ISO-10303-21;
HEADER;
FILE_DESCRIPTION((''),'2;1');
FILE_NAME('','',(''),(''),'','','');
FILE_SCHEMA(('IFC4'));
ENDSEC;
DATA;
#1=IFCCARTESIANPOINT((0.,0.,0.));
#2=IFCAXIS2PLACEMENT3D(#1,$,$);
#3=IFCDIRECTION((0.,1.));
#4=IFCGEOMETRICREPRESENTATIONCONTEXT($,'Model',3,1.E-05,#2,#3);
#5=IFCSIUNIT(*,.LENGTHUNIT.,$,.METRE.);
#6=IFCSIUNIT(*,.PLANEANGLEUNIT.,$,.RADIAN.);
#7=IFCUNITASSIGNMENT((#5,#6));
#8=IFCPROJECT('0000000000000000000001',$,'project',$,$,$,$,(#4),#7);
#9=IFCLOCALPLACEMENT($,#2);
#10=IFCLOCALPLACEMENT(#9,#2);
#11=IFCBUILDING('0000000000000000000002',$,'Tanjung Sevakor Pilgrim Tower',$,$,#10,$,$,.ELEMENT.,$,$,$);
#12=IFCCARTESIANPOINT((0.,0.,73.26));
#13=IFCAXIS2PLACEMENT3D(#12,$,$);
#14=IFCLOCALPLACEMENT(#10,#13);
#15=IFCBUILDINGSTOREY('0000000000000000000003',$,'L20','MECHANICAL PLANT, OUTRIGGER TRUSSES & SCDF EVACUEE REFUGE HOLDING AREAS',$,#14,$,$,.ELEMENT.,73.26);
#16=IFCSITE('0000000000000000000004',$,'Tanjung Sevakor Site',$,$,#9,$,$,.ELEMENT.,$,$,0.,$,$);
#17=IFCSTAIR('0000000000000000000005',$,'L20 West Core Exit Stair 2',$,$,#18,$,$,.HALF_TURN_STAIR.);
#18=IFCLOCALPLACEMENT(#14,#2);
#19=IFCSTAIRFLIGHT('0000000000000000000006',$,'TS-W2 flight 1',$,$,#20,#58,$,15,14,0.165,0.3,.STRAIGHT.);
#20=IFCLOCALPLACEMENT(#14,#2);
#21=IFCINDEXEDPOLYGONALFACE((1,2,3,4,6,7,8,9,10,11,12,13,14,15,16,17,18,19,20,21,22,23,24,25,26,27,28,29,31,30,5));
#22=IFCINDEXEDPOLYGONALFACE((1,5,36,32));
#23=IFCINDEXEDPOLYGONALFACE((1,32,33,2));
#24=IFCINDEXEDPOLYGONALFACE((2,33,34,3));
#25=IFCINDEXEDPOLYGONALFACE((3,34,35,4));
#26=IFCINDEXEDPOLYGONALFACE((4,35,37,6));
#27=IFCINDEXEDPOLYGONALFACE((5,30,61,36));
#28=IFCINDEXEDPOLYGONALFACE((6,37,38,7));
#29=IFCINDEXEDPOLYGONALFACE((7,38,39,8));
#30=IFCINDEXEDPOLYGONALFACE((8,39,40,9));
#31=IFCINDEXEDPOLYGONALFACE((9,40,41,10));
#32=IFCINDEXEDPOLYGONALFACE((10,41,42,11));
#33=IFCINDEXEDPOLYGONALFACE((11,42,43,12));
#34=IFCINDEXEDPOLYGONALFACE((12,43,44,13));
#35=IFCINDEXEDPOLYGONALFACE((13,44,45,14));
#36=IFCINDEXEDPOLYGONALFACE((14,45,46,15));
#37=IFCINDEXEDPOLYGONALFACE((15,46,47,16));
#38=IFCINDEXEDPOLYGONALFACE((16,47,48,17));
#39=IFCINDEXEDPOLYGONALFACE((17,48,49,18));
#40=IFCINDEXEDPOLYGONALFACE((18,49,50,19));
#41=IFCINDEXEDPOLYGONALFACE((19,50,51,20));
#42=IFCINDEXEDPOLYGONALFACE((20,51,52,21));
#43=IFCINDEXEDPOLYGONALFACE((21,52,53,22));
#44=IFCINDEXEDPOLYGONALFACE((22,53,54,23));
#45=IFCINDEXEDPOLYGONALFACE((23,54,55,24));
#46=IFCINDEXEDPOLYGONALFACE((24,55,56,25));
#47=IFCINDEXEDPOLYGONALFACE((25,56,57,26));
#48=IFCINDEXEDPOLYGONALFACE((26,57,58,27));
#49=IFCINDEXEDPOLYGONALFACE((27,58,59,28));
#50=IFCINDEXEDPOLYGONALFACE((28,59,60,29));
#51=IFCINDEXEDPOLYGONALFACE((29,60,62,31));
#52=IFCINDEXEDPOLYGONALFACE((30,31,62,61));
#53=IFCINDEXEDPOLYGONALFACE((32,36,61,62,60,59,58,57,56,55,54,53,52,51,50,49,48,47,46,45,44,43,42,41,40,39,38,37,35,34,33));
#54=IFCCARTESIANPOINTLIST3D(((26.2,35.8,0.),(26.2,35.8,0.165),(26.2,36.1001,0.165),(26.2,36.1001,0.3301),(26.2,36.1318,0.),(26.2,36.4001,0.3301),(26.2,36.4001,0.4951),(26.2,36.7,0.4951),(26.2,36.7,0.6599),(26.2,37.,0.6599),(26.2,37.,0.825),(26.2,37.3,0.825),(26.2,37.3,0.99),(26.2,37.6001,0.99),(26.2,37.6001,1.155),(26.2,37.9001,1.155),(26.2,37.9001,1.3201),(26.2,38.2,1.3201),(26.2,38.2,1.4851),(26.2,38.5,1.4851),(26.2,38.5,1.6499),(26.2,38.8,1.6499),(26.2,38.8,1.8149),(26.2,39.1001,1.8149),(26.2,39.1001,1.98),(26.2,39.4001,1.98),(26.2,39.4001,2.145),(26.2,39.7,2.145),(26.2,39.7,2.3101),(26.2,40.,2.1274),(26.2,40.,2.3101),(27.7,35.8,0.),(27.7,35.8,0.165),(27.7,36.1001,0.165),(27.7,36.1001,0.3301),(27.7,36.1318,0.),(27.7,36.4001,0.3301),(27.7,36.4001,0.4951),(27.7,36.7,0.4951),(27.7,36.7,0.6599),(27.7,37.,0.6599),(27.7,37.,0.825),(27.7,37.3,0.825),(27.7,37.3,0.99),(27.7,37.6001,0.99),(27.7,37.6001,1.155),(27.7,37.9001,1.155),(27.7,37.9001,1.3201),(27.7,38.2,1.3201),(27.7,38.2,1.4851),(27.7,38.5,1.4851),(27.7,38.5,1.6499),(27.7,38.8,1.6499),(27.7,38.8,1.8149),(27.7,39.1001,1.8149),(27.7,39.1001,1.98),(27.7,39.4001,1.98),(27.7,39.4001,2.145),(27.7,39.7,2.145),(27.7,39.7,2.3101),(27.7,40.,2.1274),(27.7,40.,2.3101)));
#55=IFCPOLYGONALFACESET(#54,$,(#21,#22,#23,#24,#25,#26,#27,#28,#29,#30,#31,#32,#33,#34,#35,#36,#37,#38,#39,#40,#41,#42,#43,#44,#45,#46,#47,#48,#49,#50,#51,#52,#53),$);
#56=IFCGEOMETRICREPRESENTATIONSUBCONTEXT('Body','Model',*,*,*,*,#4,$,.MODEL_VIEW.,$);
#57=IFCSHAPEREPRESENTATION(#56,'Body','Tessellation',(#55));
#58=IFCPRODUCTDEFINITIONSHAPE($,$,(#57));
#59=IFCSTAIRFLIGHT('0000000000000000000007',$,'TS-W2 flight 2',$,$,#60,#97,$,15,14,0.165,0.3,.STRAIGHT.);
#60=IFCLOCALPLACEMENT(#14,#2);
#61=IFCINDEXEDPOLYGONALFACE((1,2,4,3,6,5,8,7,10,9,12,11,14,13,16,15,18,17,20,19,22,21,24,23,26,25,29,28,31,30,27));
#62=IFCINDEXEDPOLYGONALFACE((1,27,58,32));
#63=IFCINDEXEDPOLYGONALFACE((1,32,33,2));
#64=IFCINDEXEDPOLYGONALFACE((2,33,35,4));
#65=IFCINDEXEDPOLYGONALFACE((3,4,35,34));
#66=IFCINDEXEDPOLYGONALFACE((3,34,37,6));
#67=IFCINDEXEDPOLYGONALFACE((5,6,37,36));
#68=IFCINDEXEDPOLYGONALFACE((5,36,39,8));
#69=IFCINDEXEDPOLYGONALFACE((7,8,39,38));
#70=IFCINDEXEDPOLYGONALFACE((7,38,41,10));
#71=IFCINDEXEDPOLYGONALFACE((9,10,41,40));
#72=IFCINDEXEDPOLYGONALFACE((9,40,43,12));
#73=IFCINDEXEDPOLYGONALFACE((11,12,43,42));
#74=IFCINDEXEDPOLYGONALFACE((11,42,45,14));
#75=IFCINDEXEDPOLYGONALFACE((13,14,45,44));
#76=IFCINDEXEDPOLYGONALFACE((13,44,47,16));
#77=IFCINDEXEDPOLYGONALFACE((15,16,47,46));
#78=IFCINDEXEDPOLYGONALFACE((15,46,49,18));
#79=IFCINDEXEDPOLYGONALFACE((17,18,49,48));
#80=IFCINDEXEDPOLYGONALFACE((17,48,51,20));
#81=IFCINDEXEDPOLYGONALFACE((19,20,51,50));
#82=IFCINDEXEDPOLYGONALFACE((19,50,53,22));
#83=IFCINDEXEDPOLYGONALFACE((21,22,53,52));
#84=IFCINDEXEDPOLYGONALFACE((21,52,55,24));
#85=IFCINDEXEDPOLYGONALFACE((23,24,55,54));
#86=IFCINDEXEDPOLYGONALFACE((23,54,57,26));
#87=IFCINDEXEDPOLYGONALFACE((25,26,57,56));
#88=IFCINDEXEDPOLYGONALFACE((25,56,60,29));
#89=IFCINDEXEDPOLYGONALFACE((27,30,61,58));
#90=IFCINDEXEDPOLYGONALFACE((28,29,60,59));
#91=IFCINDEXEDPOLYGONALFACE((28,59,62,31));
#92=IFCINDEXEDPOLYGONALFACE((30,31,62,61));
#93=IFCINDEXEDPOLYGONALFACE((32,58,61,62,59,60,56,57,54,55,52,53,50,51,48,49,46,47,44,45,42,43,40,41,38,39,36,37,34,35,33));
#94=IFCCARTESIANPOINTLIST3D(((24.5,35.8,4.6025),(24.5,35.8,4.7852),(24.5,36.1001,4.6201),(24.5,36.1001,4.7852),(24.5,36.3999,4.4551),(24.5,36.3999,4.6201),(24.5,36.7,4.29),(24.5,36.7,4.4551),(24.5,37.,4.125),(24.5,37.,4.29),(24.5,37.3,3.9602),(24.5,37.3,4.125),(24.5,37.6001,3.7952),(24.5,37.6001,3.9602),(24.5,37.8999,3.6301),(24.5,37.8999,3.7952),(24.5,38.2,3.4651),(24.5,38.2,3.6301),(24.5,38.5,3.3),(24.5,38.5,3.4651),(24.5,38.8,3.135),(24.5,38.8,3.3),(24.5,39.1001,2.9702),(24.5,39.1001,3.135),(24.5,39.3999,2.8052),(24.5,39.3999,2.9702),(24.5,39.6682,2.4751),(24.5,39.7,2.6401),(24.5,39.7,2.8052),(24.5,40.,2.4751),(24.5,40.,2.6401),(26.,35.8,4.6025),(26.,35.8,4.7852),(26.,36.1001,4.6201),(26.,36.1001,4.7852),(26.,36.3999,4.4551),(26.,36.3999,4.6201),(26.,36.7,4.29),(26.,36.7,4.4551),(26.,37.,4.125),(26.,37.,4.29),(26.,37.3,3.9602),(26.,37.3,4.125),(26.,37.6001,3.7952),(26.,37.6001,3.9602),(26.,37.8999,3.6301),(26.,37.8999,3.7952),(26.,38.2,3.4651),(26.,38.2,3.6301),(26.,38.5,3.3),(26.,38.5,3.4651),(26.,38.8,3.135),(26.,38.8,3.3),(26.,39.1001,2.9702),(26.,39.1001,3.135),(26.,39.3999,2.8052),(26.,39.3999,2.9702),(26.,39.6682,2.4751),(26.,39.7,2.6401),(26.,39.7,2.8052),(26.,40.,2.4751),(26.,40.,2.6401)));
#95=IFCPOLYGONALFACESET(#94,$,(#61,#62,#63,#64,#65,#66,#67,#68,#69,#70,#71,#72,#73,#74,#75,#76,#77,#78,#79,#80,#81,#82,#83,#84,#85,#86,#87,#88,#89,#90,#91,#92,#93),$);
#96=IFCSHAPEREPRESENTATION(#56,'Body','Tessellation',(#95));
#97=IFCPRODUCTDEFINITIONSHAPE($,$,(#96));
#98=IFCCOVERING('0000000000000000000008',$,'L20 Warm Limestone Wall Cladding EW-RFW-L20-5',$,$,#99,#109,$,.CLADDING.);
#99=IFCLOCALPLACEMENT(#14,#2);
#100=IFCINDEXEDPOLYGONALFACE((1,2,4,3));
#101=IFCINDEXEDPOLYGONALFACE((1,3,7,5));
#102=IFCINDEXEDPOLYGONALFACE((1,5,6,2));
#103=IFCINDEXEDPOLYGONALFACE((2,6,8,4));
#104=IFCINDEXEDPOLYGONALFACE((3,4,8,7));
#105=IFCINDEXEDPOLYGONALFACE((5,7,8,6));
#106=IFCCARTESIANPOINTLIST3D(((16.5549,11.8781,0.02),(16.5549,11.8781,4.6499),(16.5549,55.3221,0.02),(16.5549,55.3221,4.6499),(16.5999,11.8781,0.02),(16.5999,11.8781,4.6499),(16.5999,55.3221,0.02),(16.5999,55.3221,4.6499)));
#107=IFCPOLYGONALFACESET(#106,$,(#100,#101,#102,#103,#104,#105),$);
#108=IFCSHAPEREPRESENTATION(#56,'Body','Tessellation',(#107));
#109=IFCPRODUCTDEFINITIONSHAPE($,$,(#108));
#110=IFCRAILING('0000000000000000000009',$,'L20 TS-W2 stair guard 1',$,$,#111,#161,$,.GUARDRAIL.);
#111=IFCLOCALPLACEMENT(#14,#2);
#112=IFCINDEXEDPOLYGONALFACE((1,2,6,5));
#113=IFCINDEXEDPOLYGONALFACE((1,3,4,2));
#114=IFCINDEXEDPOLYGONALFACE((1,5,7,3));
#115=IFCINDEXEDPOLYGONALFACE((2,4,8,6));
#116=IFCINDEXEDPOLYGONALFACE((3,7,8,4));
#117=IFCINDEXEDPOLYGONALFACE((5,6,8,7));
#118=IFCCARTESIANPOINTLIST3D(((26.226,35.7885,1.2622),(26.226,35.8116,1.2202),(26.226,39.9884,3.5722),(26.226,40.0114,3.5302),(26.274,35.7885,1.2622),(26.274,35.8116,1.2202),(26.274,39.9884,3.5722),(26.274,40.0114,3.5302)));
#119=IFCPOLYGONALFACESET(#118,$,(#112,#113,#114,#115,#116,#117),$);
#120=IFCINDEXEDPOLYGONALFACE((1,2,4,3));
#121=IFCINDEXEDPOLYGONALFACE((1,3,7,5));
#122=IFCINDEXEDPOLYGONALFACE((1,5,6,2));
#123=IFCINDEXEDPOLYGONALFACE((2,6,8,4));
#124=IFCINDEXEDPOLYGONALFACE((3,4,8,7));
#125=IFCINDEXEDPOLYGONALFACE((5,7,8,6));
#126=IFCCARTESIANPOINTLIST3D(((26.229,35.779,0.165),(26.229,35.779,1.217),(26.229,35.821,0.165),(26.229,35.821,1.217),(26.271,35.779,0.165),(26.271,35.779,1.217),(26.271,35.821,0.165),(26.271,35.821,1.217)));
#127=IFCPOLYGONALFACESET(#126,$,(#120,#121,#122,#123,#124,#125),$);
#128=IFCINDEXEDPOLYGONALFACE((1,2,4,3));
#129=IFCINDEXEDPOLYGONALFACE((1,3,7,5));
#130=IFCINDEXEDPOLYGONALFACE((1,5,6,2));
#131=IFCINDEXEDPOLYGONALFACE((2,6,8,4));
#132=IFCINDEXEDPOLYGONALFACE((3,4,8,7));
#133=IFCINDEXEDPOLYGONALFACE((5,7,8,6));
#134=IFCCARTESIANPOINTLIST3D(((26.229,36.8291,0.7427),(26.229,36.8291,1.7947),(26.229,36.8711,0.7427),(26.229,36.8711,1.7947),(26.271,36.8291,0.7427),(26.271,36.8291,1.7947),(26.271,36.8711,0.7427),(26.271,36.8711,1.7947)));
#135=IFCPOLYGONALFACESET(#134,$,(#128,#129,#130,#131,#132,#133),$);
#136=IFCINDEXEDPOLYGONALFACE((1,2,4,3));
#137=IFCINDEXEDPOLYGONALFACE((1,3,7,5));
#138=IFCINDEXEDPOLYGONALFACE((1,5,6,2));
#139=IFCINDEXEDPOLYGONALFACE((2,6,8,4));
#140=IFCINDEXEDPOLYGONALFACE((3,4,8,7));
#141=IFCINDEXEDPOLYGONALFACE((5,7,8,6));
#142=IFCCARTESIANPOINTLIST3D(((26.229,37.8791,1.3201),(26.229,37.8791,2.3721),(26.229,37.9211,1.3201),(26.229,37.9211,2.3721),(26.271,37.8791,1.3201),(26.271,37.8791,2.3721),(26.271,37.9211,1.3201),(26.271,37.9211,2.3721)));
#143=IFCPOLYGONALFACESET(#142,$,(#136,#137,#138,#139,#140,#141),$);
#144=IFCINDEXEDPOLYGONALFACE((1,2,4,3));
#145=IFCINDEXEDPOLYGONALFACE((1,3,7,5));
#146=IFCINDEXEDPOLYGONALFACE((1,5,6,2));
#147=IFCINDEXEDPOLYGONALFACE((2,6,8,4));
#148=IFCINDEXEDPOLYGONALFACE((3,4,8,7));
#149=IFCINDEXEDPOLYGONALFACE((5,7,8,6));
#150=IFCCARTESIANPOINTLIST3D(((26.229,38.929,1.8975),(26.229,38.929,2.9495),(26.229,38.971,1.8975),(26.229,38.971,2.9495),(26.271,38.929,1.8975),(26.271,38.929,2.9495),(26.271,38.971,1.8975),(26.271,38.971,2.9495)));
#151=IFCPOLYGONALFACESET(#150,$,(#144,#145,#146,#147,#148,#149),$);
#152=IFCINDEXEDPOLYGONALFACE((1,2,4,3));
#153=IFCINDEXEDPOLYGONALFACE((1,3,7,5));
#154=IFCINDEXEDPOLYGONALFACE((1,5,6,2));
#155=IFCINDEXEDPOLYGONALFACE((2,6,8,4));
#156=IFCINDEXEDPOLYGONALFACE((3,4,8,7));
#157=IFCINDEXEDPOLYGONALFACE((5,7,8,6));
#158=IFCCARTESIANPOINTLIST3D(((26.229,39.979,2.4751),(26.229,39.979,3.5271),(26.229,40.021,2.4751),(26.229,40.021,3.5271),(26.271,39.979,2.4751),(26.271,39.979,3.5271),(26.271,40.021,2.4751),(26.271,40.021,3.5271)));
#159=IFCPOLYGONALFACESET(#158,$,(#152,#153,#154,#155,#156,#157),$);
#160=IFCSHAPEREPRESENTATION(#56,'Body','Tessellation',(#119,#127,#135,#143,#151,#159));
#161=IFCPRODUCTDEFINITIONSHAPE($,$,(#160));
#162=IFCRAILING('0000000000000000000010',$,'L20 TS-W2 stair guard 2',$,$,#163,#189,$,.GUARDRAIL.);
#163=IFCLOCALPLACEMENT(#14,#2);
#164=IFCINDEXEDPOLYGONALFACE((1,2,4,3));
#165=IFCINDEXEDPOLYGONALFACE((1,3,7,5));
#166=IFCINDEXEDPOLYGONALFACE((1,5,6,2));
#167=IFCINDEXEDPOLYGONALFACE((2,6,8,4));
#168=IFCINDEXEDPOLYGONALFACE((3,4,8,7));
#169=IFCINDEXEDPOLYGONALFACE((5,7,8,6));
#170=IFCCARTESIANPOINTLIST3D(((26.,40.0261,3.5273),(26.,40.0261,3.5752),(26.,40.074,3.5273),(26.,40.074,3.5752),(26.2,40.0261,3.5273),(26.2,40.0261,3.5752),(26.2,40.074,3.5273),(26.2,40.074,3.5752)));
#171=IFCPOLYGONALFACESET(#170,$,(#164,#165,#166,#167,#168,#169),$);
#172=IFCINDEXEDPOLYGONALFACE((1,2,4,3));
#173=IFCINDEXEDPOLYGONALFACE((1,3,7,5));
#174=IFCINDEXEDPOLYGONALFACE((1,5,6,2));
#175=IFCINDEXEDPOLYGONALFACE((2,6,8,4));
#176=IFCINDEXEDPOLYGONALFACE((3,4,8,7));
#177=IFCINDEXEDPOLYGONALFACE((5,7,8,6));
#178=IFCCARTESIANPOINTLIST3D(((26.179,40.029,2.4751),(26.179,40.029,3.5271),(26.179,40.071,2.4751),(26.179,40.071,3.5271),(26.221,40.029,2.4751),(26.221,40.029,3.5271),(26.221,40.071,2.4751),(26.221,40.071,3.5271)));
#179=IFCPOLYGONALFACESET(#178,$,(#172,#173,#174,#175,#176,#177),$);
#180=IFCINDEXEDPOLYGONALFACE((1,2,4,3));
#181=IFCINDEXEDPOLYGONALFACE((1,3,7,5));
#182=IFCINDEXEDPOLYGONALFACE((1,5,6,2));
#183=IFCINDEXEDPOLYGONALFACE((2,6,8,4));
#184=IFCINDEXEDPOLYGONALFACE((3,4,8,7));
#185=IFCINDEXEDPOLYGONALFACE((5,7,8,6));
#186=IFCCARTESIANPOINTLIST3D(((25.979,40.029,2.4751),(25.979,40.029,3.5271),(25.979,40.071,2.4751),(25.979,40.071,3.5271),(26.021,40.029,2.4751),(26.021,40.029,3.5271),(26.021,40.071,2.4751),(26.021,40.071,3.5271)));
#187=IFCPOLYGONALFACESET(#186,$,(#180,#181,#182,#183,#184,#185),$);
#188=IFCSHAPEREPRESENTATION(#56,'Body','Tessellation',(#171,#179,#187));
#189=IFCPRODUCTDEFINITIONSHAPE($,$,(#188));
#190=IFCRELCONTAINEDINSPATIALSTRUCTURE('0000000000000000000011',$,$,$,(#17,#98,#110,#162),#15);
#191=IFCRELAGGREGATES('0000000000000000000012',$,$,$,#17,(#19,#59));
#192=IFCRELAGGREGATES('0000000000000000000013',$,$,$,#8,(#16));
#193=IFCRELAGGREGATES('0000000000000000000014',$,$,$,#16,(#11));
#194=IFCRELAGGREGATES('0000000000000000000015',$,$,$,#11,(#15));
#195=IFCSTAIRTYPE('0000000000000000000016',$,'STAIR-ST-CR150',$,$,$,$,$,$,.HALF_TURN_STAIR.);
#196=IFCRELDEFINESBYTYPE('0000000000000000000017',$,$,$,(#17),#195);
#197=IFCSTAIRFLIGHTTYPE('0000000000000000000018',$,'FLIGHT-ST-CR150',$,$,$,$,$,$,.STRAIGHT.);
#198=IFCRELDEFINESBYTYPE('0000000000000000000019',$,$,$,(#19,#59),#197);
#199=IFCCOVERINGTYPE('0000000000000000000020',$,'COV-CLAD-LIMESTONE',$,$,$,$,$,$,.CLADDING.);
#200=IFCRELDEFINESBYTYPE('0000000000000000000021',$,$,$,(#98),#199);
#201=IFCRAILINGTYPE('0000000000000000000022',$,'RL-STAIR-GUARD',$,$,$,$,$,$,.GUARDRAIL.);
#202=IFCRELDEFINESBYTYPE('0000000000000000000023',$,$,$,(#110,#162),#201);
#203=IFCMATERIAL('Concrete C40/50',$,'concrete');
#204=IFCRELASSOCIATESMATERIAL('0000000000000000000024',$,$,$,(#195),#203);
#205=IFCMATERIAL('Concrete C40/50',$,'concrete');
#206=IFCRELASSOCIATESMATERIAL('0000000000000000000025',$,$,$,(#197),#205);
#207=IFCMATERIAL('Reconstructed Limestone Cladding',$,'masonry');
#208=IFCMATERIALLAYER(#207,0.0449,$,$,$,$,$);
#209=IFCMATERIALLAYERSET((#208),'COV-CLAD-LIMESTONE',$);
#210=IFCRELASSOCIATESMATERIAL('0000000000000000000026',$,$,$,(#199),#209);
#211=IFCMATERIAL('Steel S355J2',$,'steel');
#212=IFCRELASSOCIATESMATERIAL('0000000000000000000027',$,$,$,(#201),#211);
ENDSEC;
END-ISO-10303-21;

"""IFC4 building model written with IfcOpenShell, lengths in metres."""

from ifc_helpers import new_model, si_unit, direction, frame, origin, origin_2d, place, context, subcontext, project, spatial, polyline, rectangle, outline, extrude, material, layer, layer_set, type_object, element, aggregate, save


model = new_model("IFC4")

# Units and contexts
model_context = context("Model", 3, precision=1e-05, world=origin(), true_north=direction((0.0, 1.0)))
body_context = subcontext(model_context, "Body", "Model", "MODEL_VIEW")
ifc_project = project(units=[si_unit("LENGTHUNIT", "METRE"), si_unit("PLANEANGLEUNIT", "RADIAN")], contexts=[model_context])

# Site, building, storey
site_placement = place(None, origin())
site = spatial("IfcSite", under=ifc_project, at=site_placement, Name="Tanjung Sevakor Site", CompositionType="ELEMENT", RefElevation=0.0)
building_placement = place(site_placement, origin())
building = spatial("IfcBuilding", under=site, at=building_placement, Name="Tanjung Sevakor Pilgrim Tower", CompositionType="ELEMENT")
storey_placement = place(building_placement, frame((0.0, 0.0, 73.26)))
storey = spatial("IfcBuildingStorey", under=building, at=storey_placement, Name="L20", Description="MECHANICAL PLANT, OUTRIGGER TRUSSES & SCDF EVACUEE REFUGE HOLDING AREAS", CompositionType="ELEMENT", Elevation=73.26)

# Stair, stair flights
ifc_material_1 = material(Name="Concrete C40/50", Category="concrete")
stair_type = type_object("IfcStairType", Name="STAIR-ST-CR150", PredefinedType="HALF_TURN_STAIR", material=ifc_material_1)
stair_placement = place(storey_placement, origin())
stair = element("IfcStair", 1, at=stair_placement, inside=storey, type_object=stair_type, Name="L20 West Core Exit Stair 2", PredefinedType="HALF_TURN_STAIR")
ifc_material_2 = material(Name="Concrete C40/50", Category="concrete")
stair_flight_type = type_object("IfcStairFlightType", Name="FLIGHT-ST-CR150", PredefinedType="STRAIGHT", material=ifc_material_2)
stair_flight_1_placement = place(storey_placement, frame((26.95, 35.8, 0.0), z_axis=(0.0, 0.0, 1.0), x_axis=(0.0, 1.0, 0.0)))
stair_flight_1 = element("IfcStairFlight", 2, at=stair_flight_1_placement, type_object=stair_flight_type, Name="TS-W2 flight 1", NumberOfRisers=15, NumberOfTreads=14, PredefinedType="STRAIGHT", RiserHeight=0.165, TreadLength=0.3, context=body_context, shape_type="SweptSolid", body=[
    extrude(outline(polyline([(0.0, 0.0), (0.0, 0.165), (0.3, 0.165), (0.3, 0.3301), (0.6001, 0.3301), (0.6001, 0.4951), (0.8999, 0.4951), (0.8999, 0.6599), (1.2, 0.6599), (1.2, 0.825), (1.5, 0.825), (1.5, 0.99), (1.8, 0.99), (1.8, 1.155), (2.1001, 1.155), (2.1001, 1.3201), (2.3999, 1.3201), (2.3999, 1.4851), (2.7, 1.4851), (2.7, 1.6499), (3.0, 1.6499), (3.0, 1.8149), (3.3, 1.8149), (3.3, 1.98), (3.6001, 1.98), (3.6001, 2.145), (3.8999, 2.145), (3.8999, 2.3101), (4.2, 2.3101), (4.2, 2.4751), (4.2, 2.1274), (0.3318, 0.0), (0.0, 0.0)])), frame((0.0, 0.75, 0.0), z_axis=(0.0, -1.0, 0.0), x_axis=(1.0, 0.0, 0.0)), (0.0, 0.0, 1.0), 1.5),
])
stair_flight_2_placement = place(storey_placement, frame((25.25, 40.0, 2.4751), z_axis=(0.0, 0.0, 1.0), x_axis=(0.0, -1.0, 0.0)))
stair_flight_2 = element("IfcStairFlight", 3, at=stair_flight_2_placement, type_object=stair_flight_type, Name="TS-W2 flight 2", NumberOfRisers=15, NumberOfTreads=14, PredefinedType="STRAIGHT", RiserHeight=0.165, TreadLength=0.3, context=body_context, shape_type="SweptSolid", body=[
    extrude(outline(polyline([(0.0, 0.0), (0.0, 0.165), (0.3, 0.165), (0.3, 0.3301), (0.6001, 0.3301), (0.6001, 0.4951), (0.8999, 0.4951), (0.8999, 0.6599), (1.2, 0.6599), (1.2, 0.825), (1.5, 0.825), (1.5, 0.99), (1.8, 0.99), (1.8, 1.155), (2.1001, 1.155), (2.1001, 1.3201), (2.3999, 1.3201), (2.3999, 1.4851), (2.7, 1.4851), (2.7, 1.6499), (3.0, 1.6499), (3.0, 1.8149), (3.3, 1.8149), (3.3, 1.98), (3.6001, 1.98), (3.6001, 2.145), (3.8999, 2.145), (3.8999, 2.3101), (4.2, 2.3101), (4.2, 2.4751), (4.2, 2.1274), (0.3318, 0.0), (0.0, 0.0)])), frame((0.0, 0.75, 0.0), z_axis=(0.0, -1.0, 0.0), x_axis=(1.0, 0.0, 0.0)), (0.0, 0.0, 1.0), 1.5),
])
aggregate(stair, [stair_flight_1, stair_flight_2])

# Covering
ifc_material_3 = material(Name="Reconstructed Limestone Cladding", Category="masonry")
ifc_layer_1 = layer(ifc_material_3, 0.0449)
ifc_layer_set_1 = layer_set([ifc_layer_1], Name="COV-CLAD-LIMESTONE")
covering_type = type_object("IfcCoveringType", Name="COV-CLAD-LIMESTONE", PredefinedType="CLADDING", material=ifc_layer_set_1)
covering_placement = place(storey_placement, frame((16.5774, 33.6001, 0.02), z_axis=(0.0, 0.0, 1.0), x_axis=(0.0, -1.0, 0.0)))
element("IfcCovering", 4, at=covering_placement, inside=storey, type_object=covering_type, Name="L20 Warm Limestone Wall Cladding EW-RFW-L20-5", PredefinedType="CLADDING", context=body_context, shape_type="SweptSolid", body=[
    extrude(rectangle(XDim=43.4441, YDim=0.0449, at=origin_2d()), origin(), (0.0, 0.0, 1.0), 4.6299),
])

# Railings
ifc_material_4 = material(Name="Steel S355J2", Category="steel")
railing_type_1 = type_object("IfcRailingType", Name="RL-STAIR-GUARD", PredefinedType="GUARDRAIL", material=ifc_material_4)
railing_1_placement = place(storey_placement, frame((26.25, 35.8, 0.165)))
element("IfcRailing", 5, at=railing_1_placement, inside=storey, type_object=railing_type_1, Name="L20 TS-W2 stair guard 1", PredefinedType="GUARDRAIL", context=body_context, shape_type="SweptSolid", body=[
    extrude(rectangle(XDim=0.0479, YDim=0.0479), frame((0.0, 0.0, 1.0762), z_axis=(0.0, 0.876208, 0.481932), x_axis=(-1.0, 0.0, 0.0)), (0.0, 0.0, 1.0), 4.7932),
    extrude(rectangle(XDim=0.042, YDim=0.042), origin(), (0.0, 0.0, 1.0), 1.052),
    extrude(rectangle(XDim=0.042, YDim=0.042), frame((0.0, 1.05, 0.5776)), (0.0, 0.0, 1.0), 1.052),
    extrude(rectangle(XDim=0.042, YDim=0.042), frame((0.0, 2.1001, 1.155)), (0.0, 0.0, 1.0), 1.052),
    extrude(rectangle(XDim=0.042, YDim=0.042), frame((0.0, 3.1499, 1.7324)), (0.0, 0.0, 1.0), 1.052),
    extrude(rectangle(XDim=0.042, YDim=0.042), frame((0.0, 4.2, 2.3101)), (0.0, 0.0, 1.0), 1.052),
])
railing_2_placement = place(storey_placement, frame((26.2, 40.05, 2.4751)))
element("IfcRailing", 6, at=railing_2_placement, inside=storey, type_object=railing_type_1, Name="L20 TS-W2 stair guard 2", PredefinedType="GUARDRAIL", context=body_context, shape_type="SweptSolid", body=[
    extrude(rectangle(XDim=0.0479, YDim=0.0479), frame((0.0, 0.0, 1.0762), z_axis=(-1.0, 0.0, 0.0), x_axis=(0.0, -1.0, 0.0)), (0.0, 0.0, 1.0), 0.2),
    extrude(rectangle(XDim=0.042, YDim=0.042), origin(), (0.0, 0.0, 1.0), 1.052),
    extrude(rectangle(XDim=0.042, YDim=0.042), frame((-0.2, 0.0, 0.0)), (0.0, 0.0, 1.0), 1.052),
])

save(model, "model.ifc")
